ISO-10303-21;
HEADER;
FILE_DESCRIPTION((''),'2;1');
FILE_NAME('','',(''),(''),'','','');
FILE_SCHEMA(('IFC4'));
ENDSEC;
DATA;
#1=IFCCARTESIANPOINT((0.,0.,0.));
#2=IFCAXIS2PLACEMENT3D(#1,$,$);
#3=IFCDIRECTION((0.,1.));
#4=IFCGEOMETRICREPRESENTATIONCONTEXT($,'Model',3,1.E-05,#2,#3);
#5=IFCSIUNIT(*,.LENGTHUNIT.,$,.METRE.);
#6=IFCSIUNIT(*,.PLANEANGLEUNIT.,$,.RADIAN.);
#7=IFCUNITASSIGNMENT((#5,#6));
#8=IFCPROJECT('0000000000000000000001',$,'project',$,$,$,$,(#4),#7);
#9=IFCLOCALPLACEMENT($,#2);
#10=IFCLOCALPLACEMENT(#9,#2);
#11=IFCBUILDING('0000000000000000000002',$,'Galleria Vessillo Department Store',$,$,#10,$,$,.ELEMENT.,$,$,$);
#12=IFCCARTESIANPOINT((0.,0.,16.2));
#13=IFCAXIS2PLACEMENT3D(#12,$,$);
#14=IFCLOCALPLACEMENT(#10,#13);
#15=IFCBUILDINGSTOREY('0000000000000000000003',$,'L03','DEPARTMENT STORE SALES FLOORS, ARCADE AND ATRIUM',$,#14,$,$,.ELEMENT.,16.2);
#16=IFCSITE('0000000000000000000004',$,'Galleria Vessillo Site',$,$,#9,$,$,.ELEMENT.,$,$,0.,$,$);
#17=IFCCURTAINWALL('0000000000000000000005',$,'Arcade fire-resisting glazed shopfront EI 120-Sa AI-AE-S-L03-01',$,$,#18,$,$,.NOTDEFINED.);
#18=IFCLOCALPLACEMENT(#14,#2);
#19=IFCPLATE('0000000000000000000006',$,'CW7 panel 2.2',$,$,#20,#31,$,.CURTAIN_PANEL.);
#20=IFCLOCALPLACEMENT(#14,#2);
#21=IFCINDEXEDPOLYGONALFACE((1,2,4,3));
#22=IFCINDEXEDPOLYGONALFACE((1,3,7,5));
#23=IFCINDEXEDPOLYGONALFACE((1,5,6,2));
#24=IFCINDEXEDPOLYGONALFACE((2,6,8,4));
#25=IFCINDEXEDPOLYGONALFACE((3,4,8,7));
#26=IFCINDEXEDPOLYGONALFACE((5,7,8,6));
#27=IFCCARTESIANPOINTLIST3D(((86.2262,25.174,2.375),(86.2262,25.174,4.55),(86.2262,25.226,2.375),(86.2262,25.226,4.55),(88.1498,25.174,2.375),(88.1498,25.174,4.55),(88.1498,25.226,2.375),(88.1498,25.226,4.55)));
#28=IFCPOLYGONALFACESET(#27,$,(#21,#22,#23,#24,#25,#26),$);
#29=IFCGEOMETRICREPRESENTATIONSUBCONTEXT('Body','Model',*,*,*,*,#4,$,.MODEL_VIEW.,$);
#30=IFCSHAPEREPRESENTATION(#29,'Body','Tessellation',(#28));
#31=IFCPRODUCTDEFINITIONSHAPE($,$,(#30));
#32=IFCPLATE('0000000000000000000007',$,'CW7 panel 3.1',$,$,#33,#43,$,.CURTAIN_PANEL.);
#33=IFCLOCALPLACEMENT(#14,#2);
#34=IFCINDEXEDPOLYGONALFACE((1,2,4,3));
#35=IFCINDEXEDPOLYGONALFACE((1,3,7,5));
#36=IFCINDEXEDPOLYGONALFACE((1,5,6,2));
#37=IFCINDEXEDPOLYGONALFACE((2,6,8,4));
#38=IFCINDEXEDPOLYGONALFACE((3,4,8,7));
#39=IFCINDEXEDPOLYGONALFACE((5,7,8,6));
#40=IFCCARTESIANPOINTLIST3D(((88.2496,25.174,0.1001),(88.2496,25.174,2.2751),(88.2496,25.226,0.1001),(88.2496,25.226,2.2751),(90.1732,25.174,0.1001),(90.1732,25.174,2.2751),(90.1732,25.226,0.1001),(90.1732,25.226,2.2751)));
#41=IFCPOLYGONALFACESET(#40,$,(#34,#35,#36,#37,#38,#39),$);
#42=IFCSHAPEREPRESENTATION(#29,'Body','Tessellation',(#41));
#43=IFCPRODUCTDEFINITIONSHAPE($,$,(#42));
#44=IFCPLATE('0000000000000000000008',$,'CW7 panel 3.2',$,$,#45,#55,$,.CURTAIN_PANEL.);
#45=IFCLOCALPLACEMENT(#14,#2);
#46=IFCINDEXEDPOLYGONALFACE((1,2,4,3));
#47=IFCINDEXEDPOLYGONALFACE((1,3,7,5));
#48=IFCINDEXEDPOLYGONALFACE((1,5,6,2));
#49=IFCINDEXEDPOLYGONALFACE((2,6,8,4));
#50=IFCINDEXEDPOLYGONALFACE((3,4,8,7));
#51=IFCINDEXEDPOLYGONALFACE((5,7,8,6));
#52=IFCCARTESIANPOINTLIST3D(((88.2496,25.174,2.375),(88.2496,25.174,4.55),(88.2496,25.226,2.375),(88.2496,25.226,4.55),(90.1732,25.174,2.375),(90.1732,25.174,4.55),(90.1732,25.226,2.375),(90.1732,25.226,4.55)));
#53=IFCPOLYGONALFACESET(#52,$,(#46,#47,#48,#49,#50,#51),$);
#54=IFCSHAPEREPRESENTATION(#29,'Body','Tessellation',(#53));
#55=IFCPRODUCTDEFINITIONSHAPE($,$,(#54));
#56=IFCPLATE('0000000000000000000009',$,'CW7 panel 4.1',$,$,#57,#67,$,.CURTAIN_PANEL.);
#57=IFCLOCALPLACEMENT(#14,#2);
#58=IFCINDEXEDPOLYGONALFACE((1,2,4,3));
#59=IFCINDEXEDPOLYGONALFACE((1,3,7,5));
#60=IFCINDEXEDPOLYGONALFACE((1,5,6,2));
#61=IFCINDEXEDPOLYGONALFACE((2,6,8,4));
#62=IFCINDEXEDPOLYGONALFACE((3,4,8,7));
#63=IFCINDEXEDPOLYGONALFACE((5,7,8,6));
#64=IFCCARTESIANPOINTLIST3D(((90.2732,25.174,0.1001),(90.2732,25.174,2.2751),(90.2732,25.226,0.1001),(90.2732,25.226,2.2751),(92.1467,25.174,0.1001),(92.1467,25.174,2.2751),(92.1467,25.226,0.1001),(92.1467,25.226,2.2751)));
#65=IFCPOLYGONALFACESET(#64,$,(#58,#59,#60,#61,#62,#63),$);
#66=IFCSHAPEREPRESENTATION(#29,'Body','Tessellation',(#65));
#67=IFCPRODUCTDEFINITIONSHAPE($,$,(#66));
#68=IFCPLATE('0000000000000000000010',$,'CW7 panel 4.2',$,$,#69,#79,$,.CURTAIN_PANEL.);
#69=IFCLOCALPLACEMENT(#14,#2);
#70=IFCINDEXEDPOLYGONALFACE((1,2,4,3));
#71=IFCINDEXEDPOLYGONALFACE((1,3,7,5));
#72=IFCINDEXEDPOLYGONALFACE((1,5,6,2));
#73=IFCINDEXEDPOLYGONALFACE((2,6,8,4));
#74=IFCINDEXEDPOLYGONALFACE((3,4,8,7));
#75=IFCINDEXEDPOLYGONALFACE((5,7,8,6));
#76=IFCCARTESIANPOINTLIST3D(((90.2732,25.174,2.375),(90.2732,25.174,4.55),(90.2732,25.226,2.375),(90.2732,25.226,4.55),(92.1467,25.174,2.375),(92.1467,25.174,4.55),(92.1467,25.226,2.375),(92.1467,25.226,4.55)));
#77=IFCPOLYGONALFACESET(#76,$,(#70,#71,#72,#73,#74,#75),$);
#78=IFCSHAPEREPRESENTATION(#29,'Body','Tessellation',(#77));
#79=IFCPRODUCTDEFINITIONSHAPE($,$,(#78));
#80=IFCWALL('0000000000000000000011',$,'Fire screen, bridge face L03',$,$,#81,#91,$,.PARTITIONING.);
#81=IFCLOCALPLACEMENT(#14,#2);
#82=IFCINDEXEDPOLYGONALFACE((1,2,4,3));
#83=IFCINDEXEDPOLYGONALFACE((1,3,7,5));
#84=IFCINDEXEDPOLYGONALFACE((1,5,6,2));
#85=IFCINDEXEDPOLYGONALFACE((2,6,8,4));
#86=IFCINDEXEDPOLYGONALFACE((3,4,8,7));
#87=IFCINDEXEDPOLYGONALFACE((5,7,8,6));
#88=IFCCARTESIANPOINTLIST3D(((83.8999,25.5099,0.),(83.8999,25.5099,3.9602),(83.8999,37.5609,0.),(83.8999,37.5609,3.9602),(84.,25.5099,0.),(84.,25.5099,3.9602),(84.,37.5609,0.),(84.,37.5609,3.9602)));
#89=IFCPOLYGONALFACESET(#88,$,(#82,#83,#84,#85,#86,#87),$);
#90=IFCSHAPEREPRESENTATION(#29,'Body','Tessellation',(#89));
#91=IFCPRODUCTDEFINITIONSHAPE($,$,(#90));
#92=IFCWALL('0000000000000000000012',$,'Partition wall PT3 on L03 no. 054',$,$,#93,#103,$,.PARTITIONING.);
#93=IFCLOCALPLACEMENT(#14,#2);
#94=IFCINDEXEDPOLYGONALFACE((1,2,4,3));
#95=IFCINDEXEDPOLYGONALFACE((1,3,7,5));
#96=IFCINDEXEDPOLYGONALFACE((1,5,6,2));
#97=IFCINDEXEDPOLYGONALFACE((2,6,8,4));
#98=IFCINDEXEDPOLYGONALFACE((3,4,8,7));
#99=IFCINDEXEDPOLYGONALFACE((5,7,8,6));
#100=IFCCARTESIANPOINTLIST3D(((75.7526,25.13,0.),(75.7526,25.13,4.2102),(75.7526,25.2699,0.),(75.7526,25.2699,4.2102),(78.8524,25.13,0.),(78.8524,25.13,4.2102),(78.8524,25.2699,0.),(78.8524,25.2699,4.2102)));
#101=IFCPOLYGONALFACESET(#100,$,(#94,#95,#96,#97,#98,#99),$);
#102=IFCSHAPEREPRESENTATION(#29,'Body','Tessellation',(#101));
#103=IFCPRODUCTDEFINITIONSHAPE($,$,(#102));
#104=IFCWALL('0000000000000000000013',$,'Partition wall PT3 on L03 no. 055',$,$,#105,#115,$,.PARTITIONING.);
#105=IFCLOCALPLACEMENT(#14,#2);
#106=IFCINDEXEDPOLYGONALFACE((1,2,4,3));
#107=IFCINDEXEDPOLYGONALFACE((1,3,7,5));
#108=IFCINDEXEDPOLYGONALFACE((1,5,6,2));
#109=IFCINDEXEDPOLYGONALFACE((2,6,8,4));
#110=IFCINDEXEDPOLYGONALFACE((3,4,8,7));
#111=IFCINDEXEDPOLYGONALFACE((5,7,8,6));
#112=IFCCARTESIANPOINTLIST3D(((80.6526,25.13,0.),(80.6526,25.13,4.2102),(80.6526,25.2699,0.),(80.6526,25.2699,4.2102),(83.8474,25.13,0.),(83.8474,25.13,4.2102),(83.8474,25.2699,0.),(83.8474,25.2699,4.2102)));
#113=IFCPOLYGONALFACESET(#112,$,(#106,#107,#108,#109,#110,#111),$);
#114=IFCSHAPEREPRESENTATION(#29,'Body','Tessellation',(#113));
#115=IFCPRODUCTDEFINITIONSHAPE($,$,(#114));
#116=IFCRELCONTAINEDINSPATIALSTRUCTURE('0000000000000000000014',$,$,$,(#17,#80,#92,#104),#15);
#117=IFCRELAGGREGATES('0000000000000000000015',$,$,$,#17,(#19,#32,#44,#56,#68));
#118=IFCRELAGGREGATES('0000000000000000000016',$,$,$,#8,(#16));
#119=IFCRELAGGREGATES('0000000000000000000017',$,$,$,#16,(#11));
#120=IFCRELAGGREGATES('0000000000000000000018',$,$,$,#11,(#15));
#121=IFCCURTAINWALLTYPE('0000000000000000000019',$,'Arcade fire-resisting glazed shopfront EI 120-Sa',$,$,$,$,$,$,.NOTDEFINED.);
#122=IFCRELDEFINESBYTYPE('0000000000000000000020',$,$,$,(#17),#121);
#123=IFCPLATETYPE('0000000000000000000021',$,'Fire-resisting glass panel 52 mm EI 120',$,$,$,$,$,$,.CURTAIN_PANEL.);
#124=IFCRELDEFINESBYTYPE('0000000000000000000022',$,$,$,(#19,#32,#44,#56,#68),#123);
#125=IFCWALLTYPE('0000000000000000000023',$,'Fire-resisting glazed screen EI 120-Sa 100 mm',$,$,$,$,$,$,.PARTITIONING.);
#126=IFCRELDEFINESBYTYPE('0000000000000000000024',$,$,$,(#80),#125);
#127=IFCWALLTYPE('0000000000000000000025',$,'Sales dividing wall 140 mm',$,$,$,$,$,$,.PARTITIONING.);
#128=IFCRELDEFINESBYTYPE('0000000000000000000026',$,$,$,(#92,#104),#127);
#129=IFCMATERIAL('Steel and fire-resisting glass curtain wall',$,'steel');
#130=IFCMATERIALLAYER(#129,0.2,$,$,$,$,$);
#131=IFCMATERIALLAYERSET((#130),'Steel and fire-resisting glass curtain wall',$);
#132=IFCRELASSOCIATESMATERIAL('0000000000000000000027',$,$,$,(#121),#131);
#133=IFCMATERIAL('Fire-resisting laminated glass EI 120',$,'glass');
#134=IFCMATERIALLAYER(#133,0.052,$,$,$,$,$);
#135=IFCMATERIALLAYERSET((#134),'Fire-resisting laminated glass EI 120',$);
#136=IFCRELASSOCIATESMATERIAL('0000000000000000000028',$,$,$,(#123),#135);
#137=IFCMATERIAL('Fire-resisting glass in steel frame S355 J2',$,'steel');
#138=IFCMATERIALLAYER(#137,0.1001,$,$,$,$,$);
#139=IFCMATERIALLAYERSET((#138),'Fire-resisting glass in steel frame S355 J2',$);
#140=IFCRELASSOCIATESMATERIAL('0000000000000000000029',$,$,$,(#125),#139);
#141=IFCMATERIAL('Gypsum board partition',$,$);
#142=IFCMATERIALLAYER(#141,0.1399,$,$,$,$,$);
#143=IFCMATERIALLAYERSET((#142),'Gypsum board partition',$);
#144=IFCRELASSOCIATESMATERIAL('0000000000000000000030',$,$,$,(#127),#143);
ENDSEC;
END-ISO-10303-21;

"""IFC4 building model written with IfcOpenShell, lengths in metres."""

from ifc_helpers import new_model, si_unit, direction, frame, frame_2d, origin, origin_2d, place, context, subcontext, project, spatial, rectangle, extrude, material, layer, layer_set, type_object, element, aggregate, save


model = new_model("IFC4")

# Units and contexts
model_context = context("Model", 3, precision=1e-05, world=origin(), true_north=direction((0.0, 1.0)))
body_context = subcontext(model_context, "Body", "Model", "MODEL_VIEW")
ifc_project = project(units=[si_unit("LENGTHUNIT", "METRE"), si_unit("PLANEANGLEUNIT", "RADIAN")], contexts=[model_context])

# Site, building, storey
site_placement = place(None, origin())
site = spatial("IfcSite", under=ifc_project, at=site_placement, Name="Galleria Vessillo Site", CompositionType="ELEMENT", RefElevation=0.0)
building_placement = place(site_placement, origin())
building = spatial("IfcBuilding", under=site, at=building_placement, Name="Galleria Vessillo Department Store", CompositionType="ELEMENT")
storey_placement = place(building_placement, frame((0.0, 0.0, 16.2)))
storey = spatial("IfcBuildingStorey", under=building, at=storey_placement, Name="L03", Description="DEPARTMENT STORE SALES FLOORS, ARCADE AND ATRIUM", CompositionType="ELEMENT", Elevation=16.2)

# Curtain wall
ifc_material_1 = material(Name="Steel and fire-resisting glass curtain wall", Category="steel")
ifc_layer_1 = layer(ifc_material_1, 0.2)
ifc_layer_set_1 = layer_set([ifc_layer_1], Name="Steel and fire-resisting glass curtain wall")
curtain_wall_type = type_object("IfcCurtainWallType", Name="Arcade fire-resisting glazed shopfront EI 120-Sa", PredefinedType="NOTDEFINED", material=ifc_layer_set_1)
curtain_wall_placement = place(storey_placement, origin())
curtain_wall = element("IfcCurtainWall", 1, at=curtain_wall_placement, inside=storey, type_object=curtain_wall_type, Name="Arcade fire-resisting glazed shopfront EI 120-Sa AI-AE-S-L03-01", PredefinedType="NOTDEFINED")

# Plates
ifc_material_2 = material(Name="Fire-resisting laminated glass EI 120", Category="glass")
ifc_layer_2 = layer(ifc_material_2, 0.052)
ifc_layer_set_2 = layer_set([ifc_layer_2], Name="Fire-resisting laminated glass EI 120")
plate_type = type_object("IfcPlateType", Name="Fire-resisting glass panel 52 mm EI 120", PredefinedType="CURTAIN_PANEL", material=ifc_layer_set_2)
plate_1_placement = place(storey_placement, frame((87.188, 25.2, 2.375), z_axis=(0.0, 0.0, 1.0), x_axis=(1.0, 0.0, 0.0)))
plate_1 = element("IfcPlate", 2, at=plate_1_placement, type_object=plate_type, Name="CW7 panel 2.2", PredefinedType="CURTAIN_PANEL", context=body_context, shape_type="SweptSolid", body=[
    extrude(rectangle(XDim=1.9236, YDim=0.052, at=origin_2d()), origin(), (0.0, 0.0, 1.0), 2.175),
])
plate_2_placement = place(storey_placement, frame((89.2114, 25.2, 0.1001), z_axis=(0.0, 0.0, 1.0), x_axis=(1.0, 0.0, 0.0)))
plate_2 = element("IfcPlate", 3, at=plate_2_placement, type_object=plate_type, Name="CW7 panel 3.1", PredefinedType="CURTAIN_PANEL", context=body_context, shape_type="SweptSolid", body=[
    extrude(rectangle(XDim=1.9236, YDim=0.052, at=origin_2d()), origin(), (0.0, 0.0, 1.0), 2.175),
])
plate_3_placement = place(storey_placement, frame((89.2114, 25.2, 2.375), z_axis=(0.0, 0.0, 1.0), x_axis=(1.0, 0.0, 0.0)))
plate_3 = element("IfcPlate", 4, at=plate_3_placement, type_object=plate_type, Name="CW7 panel 3.2", PredefinedType="CURTAIN_PANEL", context=body_context, shape_type="SweptSolid", body=[
    extrude(rectangle(XDim=1.9236, YDim=0.052, at=origin_2d()), origin(), (0.0, 0.0, 1.0), 2.175),
])
plate_4_placement = place(storey_placement, frame((91.21, 25.2, 0.1001), z_axis=(0.0, 0.0, 1.0), x_axis=(1.0, 0.0, 0.0)))
plate_4 = element("IfcPlate", 5, at=plate_4_placement, type_object=plate_type, Name="CW7 panel 4.1", PredefinedType="CURTAIN_PANEL", context=body_context, shape_type="SweptSolid", body=[
    extrude(rectangle(XDim=1.8735, YDim=0.052, at=origin_2d()), origin(), (0.0, 0.0, 1.0), 2.175),
])
plate_5_placement = place(storey_placement, frame((91.21, 25.2, 2.375), z_axis=(0.0, 0.0, 1.0), x_axis=(1.0, 0.0, 0.0)))
plate_5 = element("IfcPlate", 6, at=plate_5_placement, type_object=plate_type, Name="CW7 panel 4.2", PredefinedType="CURTAIN_PANEL", context=body_context, shape_type="SweptSolid", body=[
    extrude(rectangle(XDim=1.8735, YDim=0.052, at=origin_2d()), origin(), (0.0, 0.0, 1.0), 2.175),
])
aggregate(curtain_wall, [plate_1, plate_2, plate_3, plate_4, plate_5])

# Walls
ifc_material_3 = material(Name="Fire-resisting glass in steel frame S355 J2", Category="steel")
ifc_layer_3 = layer(ifc_material_3, 0.1001)
ifc_layer_set_3 = layer_set([ifc_layer_3], Name="Fire-resisting glass in steel frame S355 J2")
wall_type_1 = type_object("IfcWallType", Name="Fire-resisting glazed screen EI 120-Sa 100 mm", PredefinedType="PARTITIONING", material=ifc_layer_set_3)
wall_1_placement = place(storey_placement, frame((83.95, 25.51, 0.0), z_axis=(0.0, 0.0, 1.0), x_axis=(0.0, 1.0, 0.0)))
element("IfcWall", 7, at=wall_1_placement, inside=storey, type_object=wall_type_1, Name="Fire screen, bridge face L03", PredefinedType="PARTITIONING", context=body_context, shape_type="SweptSolid", body=[
    extrude(rectangle(XDim=12.051, YDim=0.1001, at=frame_2d((6.0254, 0.0))), origin(), (0.0, 0.0, 1.0), 3.9602),
])
ifc_material_4 = material(Name="Gypsum board partition")
ifc_layer_4 = layer(ifc_material_4, 0.1399)
ifc_layer_set_4 = layer_set([ifc_layer_4], Name="Gypsum board partition")
wall_type_2 = type_object("IfcWallType", Name="Sales dividing wall 140 mm", PredefinedType="PARTITIONING", material=ifc_layer_set_4)
wall_2_placement = place(storey_placement, frame((75.7527, 25.2, 0.0), z_axis=(0.0, 0.0, 1.0), x_axis=(1.0, 0.0, 0.0)))
element("IfcWall", 8, at=wall_2_placement, inside=storey, type_object=wall_type_2, Name="Partition wall PT3 on L03 no. 054", PredefinedType="PARTITIONING", context=body_context, shape_type="SweptSolid", body=[
    extrude(rectangle(XDim=3.0999, YDim=0.1399, at=frame_2d((1.5498, 0.0))), origin(), (0.0, 0.0, 1.0), 4.2102),
])
wall_3_placement = place(storey_placement, frame((80.6526, 25.2, 0.0), z_axis=(0.0, 0.0, 1.0), x_axis=(1.0, 0.0, 0.0)))
element("IfcWall", 9, at=wall_3_placement, inside=storey, type_object=wall_type_2, Name="Partition wall PT3 on L03 no. 055", PredefinedType="PARTITIONING", context=body_context, shape_type="SweptSolid", body=[
    extrude(rectangle(XDim=3.1948, YDim=0.1399, at=frame_2d((1.5974, 0.0))), origin(), (0.0, 0.0, 1.0), 4.2102),
])

save(model, "model.ifc")
